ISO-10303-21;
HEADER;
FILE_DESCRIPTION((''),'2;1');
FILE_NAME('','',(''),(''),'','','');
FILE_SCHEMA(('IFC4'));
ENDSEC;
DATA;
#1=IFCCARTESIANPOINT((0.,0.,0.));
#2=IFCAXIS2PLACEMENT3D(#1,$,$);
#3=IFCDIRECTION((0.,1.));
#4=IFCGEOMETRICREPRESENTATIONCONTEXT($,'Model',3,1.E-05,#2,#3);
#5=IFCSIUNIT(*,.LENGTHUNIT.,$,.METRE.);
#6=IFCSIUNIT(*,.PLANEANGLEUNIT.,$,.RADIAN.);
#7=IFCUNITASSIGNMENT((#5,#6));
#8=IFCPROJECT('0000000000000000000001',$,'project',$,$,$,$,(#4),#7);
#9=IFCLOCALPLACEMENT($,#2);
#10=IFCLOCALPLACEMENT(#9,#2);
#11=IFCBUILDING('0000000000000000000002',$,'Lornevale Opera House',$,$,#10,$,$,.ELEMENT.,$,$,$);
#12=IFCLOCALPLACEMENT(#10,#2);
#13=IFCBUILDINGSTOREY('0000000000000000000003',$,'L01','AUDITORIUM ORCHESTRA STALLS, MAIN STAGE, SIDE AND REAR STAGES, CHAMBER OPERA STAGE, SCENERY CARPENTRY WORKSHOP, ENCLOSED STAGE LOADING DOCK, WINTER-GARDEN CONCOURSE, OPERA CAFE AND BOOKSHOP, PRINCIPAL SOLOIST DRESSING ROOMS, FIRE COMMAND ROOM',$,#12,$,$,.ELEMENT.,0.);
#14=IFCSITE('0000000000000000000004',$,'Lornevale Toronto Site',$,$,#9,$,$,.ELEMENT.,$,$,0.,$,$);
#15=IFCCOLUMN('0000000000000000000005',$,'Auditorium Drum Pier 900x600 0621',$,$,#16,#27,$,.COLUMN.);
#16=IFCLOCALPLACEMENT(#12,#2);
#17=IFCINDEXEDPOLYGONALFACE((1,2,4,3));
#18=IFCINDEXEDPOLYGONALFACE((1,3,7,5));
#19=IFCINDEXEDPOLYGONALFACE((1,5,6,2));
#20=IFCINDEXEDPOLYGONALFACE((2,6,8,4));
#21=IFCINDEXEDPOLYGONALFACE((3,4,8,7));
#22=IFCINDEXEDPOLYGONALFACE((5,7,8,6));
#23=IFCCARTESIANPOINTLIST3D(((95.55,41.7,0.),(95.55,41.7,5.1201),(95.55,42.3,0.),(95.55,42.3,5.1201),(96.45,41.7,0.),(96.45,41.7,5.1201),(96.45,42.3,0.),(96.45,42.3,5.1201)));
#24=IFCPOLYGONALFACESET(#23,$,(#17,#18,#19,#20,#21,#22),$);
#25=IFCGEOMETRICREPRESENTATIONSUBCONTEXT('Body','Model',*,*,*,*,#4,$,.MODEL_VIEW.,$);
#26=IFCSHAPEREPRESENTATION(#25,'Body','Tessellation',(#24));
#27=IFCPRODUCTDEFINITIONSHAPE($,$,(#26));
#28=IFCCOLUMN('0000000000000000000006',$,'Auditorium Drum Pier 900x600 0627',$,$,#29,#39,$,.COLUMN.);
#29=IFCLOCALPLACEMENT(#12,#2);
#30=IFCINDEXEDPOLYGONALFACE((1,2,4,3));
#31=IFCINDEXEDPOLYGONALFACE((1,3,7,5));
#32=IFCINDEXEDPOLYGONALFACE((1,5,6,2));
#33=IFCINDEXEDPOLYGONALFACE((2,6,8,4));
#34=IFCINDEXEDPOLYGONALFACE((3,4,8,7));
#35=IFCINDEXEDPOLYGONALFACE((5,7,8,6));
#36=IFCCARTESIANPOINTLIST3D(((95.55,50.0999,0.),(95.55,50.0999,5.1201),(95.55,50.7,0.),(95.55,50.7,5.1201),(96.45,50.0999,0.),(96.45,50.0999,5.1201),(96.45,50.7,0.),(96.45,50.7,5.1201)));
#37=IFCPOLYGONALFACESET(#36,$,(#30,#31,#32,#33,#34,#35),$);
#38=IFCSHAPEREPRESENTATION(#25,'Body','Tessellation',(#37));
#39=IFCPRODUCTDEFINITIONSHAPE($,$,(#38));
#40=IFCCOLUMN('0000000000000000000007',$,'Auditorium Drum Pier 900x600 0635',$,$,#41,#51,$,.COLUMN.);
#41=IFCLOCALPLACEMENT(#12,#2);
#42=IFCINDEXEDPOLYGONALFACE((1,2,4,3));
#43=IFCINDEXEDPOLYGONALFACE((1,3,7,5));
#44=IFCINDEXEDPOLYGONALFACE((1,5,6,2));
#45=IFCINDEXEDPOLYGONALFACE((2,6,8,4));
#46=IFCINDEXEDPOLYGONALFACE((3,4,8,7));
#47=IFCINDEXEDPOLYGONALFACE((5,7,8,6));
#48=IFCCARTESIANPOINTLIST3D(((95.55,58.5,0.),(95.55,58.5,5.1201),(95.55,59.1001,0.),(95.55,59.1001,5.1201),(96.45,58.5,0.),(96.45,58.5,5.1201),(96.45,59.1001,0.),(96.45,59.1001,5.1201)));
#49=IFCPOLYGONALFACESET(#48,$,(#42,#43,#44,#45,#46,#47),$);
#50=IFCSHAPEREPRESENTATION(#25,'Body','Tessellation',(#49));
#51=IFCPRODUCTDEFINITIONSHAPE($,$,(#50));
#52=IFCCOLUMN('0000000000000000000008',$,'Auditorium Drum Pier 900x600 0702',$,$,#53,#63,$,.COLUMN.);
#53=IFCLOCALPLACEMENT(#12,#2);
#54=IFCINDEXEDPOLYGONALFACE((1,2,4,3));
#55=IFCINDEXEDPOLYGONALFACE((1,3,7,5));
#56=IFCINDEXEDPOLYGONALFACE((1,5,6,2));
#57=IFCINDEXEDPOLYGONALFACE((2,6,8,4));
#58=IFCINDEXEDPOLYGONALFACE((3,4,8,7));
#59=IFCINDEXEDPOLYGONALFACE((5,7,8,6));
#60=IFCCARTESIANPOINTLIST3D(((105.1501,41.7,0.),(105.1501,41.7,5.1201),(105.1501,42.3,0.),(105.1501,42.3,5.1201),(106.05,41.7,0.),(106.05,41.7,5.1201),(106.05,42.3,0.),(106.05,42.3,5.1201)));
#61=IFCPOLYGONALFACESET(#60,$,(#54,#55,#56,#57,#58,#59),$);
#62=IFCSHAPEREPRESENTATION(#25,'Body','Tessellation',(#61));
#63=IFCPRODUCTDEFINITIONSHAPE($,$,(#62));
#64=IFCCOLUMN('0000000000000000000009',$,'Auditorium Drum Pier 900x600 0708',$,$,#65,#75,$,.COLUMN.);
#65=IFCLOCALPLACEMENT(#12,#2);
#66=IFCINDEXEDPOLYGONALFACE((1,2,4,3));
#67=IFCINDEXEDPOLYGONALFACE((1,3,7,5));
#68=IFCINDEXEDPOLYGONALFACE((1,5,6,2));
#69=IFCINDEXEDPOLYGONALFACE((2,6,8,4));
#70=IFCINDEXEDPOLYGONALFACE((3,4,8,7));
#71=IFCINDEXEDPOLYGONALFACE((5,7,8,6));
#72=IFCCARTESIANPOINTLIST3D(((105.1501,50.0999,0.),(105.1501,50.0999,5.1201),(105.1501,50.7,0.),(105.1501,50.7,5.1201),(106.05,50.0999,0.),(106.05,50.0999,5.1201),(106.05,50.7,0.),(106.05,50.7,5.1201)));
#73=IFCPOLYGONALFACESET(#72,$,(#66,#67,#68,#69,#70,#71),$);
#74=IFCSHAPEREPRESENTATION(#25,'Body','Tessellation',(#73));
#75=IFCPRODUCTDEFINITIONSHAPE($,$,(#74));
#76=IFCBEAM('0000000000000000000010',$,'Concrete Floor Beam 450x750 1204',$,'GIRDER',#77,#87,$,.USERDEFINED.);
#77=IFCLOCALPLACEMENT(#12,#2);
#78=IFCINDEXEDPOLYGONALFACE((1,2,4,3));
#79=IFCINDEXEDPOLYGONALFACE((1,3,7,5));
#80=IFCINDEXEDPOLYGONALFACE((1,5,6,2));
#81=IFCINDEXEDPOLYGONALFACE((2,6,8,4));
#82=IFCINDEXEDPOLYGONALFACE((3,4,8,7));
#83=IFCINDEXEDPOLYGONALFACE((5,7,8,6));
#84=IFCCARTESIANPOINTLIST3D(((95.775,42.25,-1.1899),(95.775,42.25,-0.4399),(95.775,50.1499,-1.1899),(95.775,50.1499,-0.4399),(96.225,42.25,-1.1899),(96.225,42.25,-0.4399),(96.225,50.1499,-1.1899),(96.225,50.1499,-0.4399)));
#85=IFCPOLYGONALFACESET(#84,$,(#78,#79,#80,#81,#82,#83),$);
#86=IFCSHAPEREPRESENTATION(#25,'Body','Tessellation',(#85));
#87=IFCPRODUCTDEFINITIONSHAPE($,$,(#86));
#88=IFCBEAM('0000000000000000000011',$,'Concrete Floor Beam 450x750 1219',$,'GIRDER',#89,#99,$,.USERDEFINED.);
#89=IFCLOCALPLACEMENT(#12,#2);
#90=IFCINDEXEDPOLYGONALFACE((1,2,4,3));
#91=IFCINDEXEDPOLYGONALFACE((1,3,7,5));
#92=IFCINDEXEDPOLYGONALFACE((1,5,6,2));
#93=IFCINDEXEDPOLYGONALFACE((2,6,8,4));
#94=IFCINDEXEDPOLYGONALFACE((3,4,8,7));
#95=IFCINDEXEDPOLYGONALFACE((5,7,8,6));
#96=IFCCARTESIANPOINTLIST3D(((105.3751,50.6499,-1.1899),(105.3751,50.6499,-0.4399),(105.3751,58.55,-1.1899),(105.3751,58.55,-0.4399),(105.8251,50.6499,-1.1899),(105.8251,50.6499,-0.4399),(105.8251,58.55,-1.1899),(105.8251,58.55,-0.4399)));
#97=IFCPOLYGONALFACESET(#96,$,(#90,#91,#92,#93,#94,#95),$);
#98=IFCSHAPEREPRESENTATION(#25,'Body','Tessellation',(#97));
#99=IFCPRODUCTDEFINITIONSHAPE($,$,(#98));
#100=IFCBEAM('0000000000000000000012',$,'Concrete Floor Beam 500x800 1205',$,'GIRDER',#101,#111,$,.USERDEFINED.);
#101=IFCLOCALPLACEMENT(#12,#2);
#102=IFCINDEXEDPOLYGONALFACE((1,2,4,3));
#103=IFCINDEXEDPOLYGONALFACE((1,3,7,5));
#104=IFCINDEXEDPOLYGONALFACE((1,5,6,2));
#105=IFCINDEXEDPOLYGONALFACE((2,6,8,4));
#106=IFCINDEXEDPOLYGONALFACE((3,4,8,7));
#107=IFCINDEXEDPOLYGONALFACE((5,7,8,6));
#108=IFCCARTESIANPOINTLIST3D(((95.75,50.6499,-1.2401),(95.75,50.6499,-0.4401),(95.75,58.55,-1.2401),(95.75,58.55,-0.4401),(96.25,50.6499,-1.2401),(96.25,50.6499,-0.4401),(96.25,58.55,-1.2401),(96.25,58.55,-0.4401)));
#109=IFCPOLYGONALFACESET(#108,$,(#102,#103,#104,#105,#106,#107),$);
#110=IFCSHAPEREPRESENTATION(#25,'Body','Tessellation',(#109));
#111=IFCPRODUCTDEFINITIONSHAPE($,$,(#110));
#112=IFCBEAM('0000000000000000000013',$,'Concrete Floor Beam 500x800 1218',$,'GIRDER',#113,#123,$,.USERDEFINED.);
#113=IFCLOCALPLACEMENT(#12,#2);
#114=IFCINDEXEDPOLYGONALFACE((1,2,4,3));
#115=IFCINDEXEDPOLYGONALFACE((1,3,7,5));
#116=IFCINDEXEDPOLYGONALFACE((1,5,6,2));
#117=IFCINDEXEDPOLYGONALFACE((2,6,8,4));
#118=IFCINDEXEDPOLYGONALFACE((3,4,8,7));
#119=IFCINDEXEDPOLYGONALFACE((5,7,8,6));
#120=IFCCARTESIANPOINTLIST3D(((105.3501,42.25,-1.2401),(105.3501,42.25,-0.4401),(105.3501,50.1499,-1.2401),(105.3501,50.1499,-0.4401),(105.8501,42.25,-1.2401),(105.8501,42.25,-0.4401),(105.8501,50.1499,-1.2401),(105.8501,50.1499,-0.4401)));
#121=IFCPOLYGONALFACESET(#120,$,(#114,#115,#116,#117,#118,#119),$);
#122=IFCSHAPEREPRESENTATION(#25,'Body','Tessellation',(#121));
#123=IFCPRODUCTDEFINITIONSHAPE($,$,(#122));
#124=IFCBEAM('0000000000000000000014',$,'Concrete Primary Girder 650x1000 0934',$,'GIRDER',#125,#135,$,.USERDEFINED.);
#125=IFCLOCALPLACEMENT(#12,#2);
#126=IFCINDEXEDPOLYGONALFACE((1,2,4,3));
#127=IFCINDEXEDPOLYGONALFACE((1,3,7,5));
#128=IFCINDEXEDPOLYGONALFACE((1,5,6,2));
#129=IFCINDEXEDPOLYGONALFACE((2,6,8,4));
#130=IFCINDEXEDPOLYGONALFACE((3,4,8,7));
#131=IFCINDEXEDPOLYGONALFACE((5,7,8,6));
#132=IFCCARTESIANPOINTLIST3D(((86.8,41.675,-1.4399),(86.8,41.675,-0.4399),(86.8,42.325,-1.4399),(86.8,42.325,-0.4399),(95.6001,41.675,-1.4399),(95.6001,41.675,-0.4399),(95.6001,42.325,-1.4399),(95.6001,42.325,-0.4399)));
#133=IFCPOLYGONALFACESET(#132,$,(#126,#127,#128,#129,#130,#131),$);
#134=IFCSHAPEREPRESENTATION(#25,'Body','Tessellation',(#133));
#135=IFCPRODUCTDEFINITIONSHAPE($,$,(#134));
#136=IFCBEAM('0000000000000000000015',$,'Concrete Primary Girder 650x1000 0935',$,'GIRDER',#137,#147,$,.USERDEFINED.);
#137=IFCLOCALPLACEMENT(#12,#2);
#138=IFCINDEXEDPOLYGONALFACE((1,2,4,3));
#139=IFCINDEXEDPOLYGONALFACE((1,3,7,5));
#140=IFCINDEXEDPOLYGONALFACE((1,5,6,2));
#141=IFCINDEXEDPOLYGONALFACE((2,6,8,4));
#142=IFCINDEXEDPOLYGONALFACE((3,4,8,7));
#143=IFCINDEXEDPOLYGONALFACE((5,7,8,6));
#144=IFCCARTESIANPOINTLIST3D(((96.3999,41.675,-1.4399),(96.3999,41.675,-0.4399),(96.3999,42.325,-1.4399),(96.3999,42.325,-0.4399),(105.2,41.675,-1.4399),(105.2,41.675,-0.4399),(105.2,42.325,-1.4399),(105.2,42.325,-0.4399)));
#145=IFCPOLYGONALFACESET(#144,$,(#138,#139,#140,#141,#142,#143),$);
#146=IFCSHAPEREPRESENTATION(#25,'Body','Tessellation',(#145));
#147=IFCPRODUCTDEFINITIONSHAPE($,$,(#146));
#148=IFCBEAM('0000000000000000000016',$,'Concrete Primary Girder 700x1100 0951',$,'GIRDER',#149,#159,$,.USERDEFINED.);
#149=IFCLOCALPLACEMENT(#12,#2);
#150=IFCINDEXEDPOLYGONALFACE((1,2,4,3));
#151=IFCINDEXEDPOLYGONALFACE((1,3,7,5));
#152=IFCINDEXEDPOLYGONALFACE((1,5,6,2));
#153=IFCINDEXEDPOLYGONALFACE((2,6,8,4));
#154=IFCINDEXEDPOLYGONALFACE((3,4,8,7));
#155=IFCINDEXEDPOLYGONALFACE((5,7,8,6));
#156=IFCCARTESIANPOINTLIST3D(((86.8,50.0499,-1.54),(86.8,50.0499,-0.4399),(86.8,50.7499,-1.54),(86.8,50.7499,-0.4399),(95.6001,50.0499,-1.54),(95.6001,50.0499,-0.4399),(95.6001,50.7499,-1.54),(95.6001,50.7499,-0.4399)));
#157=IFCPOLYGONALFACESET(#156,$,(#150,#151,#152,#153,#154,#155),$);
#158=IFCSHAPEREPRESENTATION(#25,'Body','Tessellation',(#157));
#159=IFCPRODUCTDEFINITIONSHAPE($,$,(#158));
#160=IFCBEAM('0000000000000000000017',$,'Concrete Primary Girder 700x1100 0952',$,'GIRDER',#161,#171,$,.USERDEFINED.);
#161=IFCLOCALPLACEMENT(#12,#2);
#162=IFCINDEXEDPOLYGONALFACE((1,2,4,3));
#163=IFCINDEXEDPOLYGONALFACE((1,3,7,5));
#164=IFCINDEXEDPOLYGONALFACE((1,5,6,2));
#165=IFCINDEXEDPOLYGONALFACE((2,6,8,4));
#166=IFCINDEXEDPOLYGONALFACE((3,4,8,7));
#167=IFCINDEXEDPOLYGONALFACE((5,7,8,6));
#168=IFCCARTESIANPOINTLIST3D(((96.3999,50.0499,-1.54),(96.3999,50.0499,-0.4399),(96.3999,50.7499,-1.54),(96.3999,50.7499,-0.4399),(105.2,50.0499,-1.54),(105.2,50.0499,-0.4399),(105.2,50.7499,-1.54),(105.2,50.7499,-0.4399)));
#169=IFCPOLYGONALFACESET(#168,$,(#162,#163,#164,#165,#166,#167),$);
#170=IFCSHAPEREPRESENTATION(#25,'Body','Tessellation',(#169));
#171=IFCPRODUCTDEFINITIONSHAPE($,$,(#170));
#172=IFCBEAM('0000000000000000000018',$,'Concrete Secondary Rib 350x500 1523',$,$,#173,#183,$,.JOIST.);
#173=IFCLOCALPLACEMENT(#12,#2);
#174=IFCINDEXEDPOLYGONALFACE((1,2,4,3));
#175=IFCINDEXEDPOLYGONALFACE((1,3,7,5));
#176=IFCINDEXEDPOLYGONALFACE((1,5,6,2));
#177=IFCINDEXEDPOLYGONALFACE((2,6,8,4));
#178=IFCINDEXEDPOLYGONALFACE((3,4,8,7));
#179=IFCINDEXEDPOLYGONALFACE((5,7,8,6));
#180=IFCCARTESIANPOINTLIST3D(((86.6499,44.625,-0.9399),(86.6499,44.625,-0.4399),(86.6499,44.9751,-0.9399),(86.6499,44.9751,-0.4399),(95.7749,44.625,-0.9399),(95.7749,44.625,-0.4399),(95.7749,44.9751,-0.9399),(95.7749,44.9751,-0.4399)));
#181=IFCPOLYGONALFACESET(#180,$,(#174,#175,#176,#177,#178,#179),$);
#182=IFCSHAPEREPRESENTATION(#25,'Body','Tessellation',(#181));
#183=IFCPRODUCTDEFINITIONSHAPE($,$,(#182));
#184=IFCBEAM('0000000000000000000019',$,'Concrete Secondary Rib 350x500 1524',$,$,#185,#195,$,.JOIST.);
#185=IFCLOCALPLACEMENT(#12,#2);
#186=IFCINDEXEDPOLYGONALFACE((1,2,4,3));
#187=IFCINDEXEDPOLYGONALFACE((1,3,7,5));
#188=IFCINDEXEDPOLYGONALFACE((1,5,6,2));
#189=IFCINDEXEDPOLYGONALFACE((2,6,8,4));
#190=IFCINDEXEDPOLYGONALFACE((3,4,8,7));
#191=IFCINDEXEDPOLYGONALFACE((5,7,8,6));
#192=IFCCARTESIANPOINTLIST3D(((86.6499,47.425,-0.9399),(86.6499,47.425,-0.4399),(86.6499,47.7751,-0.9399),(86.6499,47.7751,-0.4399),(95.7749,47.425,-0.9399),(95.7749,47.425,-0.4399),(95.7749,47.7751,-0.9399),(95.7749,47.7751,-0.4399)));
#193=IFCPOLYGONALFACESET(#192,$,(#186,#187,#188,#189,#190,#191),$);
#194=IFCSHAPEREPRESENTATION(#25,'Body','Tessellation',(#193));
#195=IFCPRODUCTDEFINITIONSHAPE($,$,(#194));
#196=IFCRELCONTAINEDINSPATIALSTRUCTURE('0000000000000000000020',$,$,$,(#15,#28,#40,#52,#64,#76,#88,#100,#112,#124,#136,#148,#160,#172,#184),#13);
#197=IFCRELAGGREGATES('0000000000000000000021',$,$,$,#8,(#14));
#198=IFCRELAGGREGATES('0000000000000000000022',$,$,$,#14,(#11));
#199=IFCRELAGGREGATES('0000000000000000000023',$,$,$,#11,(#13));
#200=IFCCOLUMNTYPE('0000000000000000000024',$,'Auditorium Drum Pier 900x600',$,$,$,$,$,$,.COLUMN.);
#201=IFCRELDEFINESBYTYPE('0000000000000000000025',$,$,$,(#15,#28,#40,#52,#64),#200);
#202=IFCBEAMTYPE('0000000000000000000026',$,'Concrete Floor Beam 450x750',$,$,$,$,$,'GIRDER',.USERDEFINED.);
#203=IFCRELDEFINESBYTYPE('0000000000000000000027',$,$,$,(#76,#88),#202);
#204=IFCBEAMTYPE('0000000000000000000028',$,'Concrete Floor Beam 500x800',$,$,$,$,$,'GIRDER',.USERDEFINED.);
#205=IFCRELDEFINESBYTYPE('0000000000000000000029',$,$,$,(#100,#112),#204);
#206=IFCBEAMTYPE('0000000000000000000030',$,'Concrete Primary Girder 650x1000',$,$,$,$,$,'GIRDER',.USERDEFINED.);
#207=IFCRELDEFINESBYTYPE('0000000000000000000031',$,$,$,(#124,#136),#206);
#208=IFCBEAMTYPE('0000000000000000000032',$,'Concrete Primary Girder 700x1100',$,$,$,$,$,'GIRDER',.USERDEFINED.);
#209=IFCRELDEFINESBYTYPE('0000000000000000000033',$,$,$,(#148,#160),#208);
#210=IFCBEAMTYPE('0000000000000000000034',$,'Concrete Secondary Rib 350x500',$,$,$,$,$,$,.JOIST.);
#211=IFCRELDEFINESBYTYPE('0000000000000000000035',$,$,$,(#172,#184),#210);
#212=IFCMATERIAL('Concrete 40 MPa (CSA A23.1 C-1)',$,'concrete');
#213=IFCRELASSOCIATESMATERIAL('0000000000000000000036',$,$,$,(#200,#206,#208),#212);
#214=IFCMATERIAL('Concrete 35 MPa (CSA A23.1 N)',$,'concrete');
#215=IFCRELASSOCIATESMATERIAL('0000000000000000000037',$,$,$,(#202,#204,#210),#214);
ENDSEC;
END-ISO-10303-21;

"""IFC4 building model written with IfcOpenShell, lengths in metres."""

from ifc_helpers import new_model, si_unit, direction, frame, origin, origin_2d, place, context, subcontext, project, spatial, rectangle, extrude, material, material_profile, profile_set, type_object, element, save


model = new_model("IFC4")

# Units and contexts
model_context = context("Model", 3, precision=1e-05, world=origin(), true_north=direction((0.0, 1.0)))
body_context = subcontext(model_context, "Body", "Model", "MODEL_VIEW")
ifc_project = project(units=[si_unit("LENGTHUNIT", "METRE"), si_unit("PLANEANGLEUNIT", "RADIAN")], contexts=[model_context])

# Site, building, storey
site_placement = place(None, origin())
site = spatial("IfcSite", under=ifc_project, at=site_placement, Name="Lornevale Toronto Site", CompositionType="ELEMENT", RefElevation=0.0)
building_placement = place(site_placement, origin())
building = spatial("IfcBuilding", under=site, at=building_placement, Name="Lornevale Opera House", CompositionType="ELEMENT")
storey_placement = place(building_placement, origin())
storey = spatial("IfcBuildingStorey", under=building, at=storey_placement, Name="L01", Description="AUDITORIUM ORCHESTRA STALLS, MAIN STAGE, SIDE AND REAR STAGES, CHAMBER OPERA STAGE, SCENERY CARPENTRY WORKSHOP, ENCLOSED STAGE LOADING DOCK, WINTER-GARDEN CONCOURSE, OPERA CAFE AND BOOKSHOP, PRINCIPAL SOLOIST DRESSING ROOMS, FIRE COMMAND ROOM", CompositionType="ELEMENT", Elevation=0.0)

# Columns
ifc_material_1 = material(Name="Concrete 40 MPa (CSA A23.1 C-1)", Category="concrete")
ifc_material_profile_1 = material_profile(ifc_material_1, rectangle(XDim=0.8999, YDim=0.6001, at=origin_2d()), Name="RC900x600")
ifc_profile_set_1 = profile_set([ifc_material_profile_1], Name="Concrete 40 MPa (CSA A23.1 C-1)")
column_type = type_object("IfcColumnType", Name="Auditorium Drum Pier 900x600", PredefinedType="COLUMN", material=ifc_profile_set_1)
for number, where, z_axis, x_axis, name in (
    (1, (96.0, 42.0, 0.0), (0.0, 0.0, 1.0), (1.0, 0.0, 0.0), "Auditorium Drum Pier 900x600 0621"),
    (2, (96.0, 50.3999, 0.0), (0.0, 0.0, 1.0), (1.0, 0.0, 0.0), "Auditorium Drum Pier 900x600 0627"),
    (3, (96.0, 58.8, 0.0), (0.0, 0.0, 1.0), (1.0, 0.0, 0.0), "Auditorium Drum Pier 900x600 0635"),
    (4, (105.6001, 42.0, 0.0), (0.0, 0.0, 1.0), (1.0, 0.0, 0.0), "Auditorium Drum Pier 900x600 0702"),
    (5, (105.6001, 50.3999, 0.0), (0.0, 0.0, 1.0), (1.0, 0.0, 0.0), "Auditorium Drum Pier 900x600 0708"),
):
    element("IfcColumn", number, at=place(storey_placement, frame(where, z_axis=z_axis, x_axis=x_axis)), inside=storey, type_object=column_type, Name=name, PredefinedType="COLUMN", context=body_context, shape_type="SweptSolid", body=[
        extrude(rectangle(XDim=0.8999, YDim=0.6001, at=origin_2d()), origin(), (0.0, 0.0, 1.0), 5.1201),
    ])

# Beams
ifc_material_2 = material(Name="Concrete 35 MPa (CSA A23.1 N)", Category="concrete")
ifc_material_profile_2 = material_profile(ifc_material_2, rectangle(XDim=0.45, YDim=0.75, at=origin_2d()), Name="RC450x750")
ifc_profile_set_2 = profile_set([ifc_material_profile_2], Name="Concrete 35 MPa (CSA A23.1 N)")
beam_type_1 = type_object("IfcBeamType", Name="Concrete Floor Beam 450x750", ElementType="GIRDER", PredefinedType="USERDEFINED", material=ifc_profile_set_2)
beam_1_placement = place(storey_placement, frame((96.0, 42.25, -0.8149), z_axis=(0.0, 1.0, 0.0), x_axis=(-1.0, 0.0, 0.0)))
element("IfcBeam", 6, at=beam_1_placement, inside=storey, type_object=beam_type_1, Name="Concrete Floor Beam 450x750 1204", ObjectType="GIRDER", PredefinedType="USERDEFINED", context=body_context, shape_type="SweptSolid", body=[
    extrude(rectangle(XDim=0.45, YDim=0.75, at=origin_2d()), origin(), (0.0, 0.0, 1.0), 7.8999),
])
beam_2_placement = place(storey_placement, frame((105.6001, 50.6499, -0.8149), z_axis=(0.0, 1.0, 0.0), x_axis=(-1.0, 0.0, 0.0)))
element("IfcBeam", 7, at=beam_2_placement, inside=storey, type_object=beam_type_1, Name="Concrete Floor Beam 450x750 1219", ObjectType="GIRDER", PredefinedType="USERDEFINED", context=body_context, shape_type="SweptSolid", body=[
    extrude(rectangle(XDim=0.45, YDim=0.75, at=origin_2d()), origin(), (0.0, 0.0, 1.0), 7.9001),
])
ifc_material_profile_3 = material_profile(ifc_material_2, rectangle(XDim=0.5, YDim=0.8, at=origin_2d()), Name="RC500x800")
ifc_profile_set_3 = profile_set([ifc_material_profile_3], Name="Concrete 35 MPa (CSA A23.1 N)")
beam_type_2 = type_object("IfcBeamType", Name="Concrete Floor Beam 500x800", ElementType="GIRDER", PredefinedType="USERDEFINED", material=ifc_profile_set_3)
beam_3_placement = place(storey_placement, frame((96.0, 50.6499, -0.8401), z_axis=(0.0, 1.0, 0.0), x_axis=(-1.0, 0.0, 0.0)))
element("IfcBeam", 8, at=beam_3_placement, inside=storey, type_object=beam_type_2, Name="Concrete Floor Beam 500x800 1205", ObjectType="GIRDER", PredefinedType="USERDEFINED", context=body_context, shape_type="SweptSolid", body=[
    extrude(rectangle(XDim=0.5, YDim=0.8, at=origin_2d()), origin(), (0.0, 0.0, 1.0), 7.9001),
])
beam_4_placement = place(storey_placement, frame((105.6001, 42.25, -0.8401), z_axis=(0.0, 1.0, 0.0), x_axis=(-1.0, 0.0, 0.0)))
element("IfcBeam", 9, at=beam_4_placement, inside=storey, type_object=beam_type_2, Name="Concrete Floor Beam 500x800 1218", ObjectType="GIRDER", PredefinedType="USERDEFINED", context=body_context, shape_type="SweptSolid", body=[
    extrude(rectangle(XDim=0.5, YDim=0.8, at=origin_2d()), origin(), (0.0, 0.0, 1.0), 7.8999),
])
ifc_material_profile_4 = material_profile(ifc_material_1, rectangle(XDim=0.6499, YDim=1.0, at=origin_2d()), Name="RC650x1000")
ifc_profile_set_4 = profile_set([ifc_material_profile_4], Name="Concrete 40 MPa (CSA A23.1 C-1)")
beam_type_3 = type_object("IfcBeamType", Name="Concrete Primary Girder 650x1000", ElementType="GIRDER", PredefinedType="USERDEFINED", material=ifc_profile_set_4)
for number, where, z_axis, x_axis, name in (
    (10, (86.8, 42.0, -0.9399), (1.0, 0.0, 0.0), (0.0, 1.0, 0.0), "Concrete Primary Girder 650x1000 0934"),
    (11, (96.3999, 42.0, -0.9399), (1.0, 0.0, 0.0), (0.0, 1.0, 0.0), "Concrete Primary Girder 650x1000 0935"),
):
    element("IfcBeam", number, at=place(storey_placement, frame(where, z_axis=z_axis, x_axis=x_axis)), inside=storey, type_object=beam_type_3, Name=name, ObjectType="GIRDER", PredefinedType="USERDEFINED", context=body_context, shape_type="SweptSolid", body=[
        extrude(rectangle(XDim=0.6499, YDim=1.0, at=origin_2d()), origin(), (0.0, 0.0, 1.0), 8.8),
    ])
ifc_material_profile_5 = material_profile(ifc_material_1, rectangle(XDim=0.7, YDim=1.1001, at=origin_2d()), Name="RC700x1100")
ifc_profile_set_5 = profile_set([ifc_material_profile_5], Name="Concrete 40 MPa (CSA A23.1 C-1)")
beam_type_4 = type_object("IfcBeamType", Name="Concrete Primary Girder 700x1100", ElementType="GIRDER", PredefinedType="USERDEFINED", material=ifc_profile_set_5)
for number, where, z_axis, x_axis, name in (
    (12, (86.8, 50.3999, -0.99), (1.0, 0.0, 0.0), (0.0, 1.0, 0.0), "Concrete Primary Girder 700x1100 0951"),
    (13, (96.3999, 50.3999, -0.99), (1.0, 0.0, 0.0), (0.0, 1.0, 0.0), "Concrete Primary Girder 700x1100 0952"),
):
    element("IfcBeam", number, at=place(storey_placement, frame(where, z_axis=z_axis, x_axis=x_axis)), inside=storey, type_object=beam_type_4, Name=name, ObjectType="GIRDER", PredefinedType="USERDEFINED", context=body_context, shape_type="SweptSolid", body=[
        extrude(rectangle(XDim=0.7, YDim=1.1001, at=origin_2d()), origin(), (0.0, 0.0, 1.0), 8.8),
    ])
ifc_material_profile_6 = material_profile(ifc_material_2, rectangle(XDim=0.3501, YDim=0.5, at=origin_2d()), Name="RC350x500")
ifc_profile_set_6 = profile_set([ifc_material_profile_6], Name="Concrete 35 MPa (CSA A23.1 N)")
beam_type_5 = type_object("IfcBeamType", Name="Concrete Secondary Rib 350x500", PredefinedType="JOIST", material=ifc_profile_set_6)
for number, where, z_axis, x_axis, name in (
    (14, (86.6499, 44.8, -0.6899), (1.0, 0.0, 0.0), (0.0, 1.0, 0.0), "Concrete Secondary Rib 350x500 1523"),
    (15, (86.6499, 47.6001, -0.6899), (1.0, 0.0, 0.0), (0.0, 1.0, 0.0), "Concrete Secondary Rib 350x500 1524"),
):
    element("IfcBeam", number, at=place(storey_placement, frame(where, z_axis=z_axis, x_axis=x_axis)), inside=storey, type_object=beam_type_5, Name=name, PredefinedType="JOIST", context=body_context, shape_type="SweptSolid", body=[
        extrude(rectangle(XDim=0.3501, YDim=0.5, at=origin_2d()), origin(), (0.0, 0.0, 1.0), 9.125),
    ])

save(model, "model.ifc")
